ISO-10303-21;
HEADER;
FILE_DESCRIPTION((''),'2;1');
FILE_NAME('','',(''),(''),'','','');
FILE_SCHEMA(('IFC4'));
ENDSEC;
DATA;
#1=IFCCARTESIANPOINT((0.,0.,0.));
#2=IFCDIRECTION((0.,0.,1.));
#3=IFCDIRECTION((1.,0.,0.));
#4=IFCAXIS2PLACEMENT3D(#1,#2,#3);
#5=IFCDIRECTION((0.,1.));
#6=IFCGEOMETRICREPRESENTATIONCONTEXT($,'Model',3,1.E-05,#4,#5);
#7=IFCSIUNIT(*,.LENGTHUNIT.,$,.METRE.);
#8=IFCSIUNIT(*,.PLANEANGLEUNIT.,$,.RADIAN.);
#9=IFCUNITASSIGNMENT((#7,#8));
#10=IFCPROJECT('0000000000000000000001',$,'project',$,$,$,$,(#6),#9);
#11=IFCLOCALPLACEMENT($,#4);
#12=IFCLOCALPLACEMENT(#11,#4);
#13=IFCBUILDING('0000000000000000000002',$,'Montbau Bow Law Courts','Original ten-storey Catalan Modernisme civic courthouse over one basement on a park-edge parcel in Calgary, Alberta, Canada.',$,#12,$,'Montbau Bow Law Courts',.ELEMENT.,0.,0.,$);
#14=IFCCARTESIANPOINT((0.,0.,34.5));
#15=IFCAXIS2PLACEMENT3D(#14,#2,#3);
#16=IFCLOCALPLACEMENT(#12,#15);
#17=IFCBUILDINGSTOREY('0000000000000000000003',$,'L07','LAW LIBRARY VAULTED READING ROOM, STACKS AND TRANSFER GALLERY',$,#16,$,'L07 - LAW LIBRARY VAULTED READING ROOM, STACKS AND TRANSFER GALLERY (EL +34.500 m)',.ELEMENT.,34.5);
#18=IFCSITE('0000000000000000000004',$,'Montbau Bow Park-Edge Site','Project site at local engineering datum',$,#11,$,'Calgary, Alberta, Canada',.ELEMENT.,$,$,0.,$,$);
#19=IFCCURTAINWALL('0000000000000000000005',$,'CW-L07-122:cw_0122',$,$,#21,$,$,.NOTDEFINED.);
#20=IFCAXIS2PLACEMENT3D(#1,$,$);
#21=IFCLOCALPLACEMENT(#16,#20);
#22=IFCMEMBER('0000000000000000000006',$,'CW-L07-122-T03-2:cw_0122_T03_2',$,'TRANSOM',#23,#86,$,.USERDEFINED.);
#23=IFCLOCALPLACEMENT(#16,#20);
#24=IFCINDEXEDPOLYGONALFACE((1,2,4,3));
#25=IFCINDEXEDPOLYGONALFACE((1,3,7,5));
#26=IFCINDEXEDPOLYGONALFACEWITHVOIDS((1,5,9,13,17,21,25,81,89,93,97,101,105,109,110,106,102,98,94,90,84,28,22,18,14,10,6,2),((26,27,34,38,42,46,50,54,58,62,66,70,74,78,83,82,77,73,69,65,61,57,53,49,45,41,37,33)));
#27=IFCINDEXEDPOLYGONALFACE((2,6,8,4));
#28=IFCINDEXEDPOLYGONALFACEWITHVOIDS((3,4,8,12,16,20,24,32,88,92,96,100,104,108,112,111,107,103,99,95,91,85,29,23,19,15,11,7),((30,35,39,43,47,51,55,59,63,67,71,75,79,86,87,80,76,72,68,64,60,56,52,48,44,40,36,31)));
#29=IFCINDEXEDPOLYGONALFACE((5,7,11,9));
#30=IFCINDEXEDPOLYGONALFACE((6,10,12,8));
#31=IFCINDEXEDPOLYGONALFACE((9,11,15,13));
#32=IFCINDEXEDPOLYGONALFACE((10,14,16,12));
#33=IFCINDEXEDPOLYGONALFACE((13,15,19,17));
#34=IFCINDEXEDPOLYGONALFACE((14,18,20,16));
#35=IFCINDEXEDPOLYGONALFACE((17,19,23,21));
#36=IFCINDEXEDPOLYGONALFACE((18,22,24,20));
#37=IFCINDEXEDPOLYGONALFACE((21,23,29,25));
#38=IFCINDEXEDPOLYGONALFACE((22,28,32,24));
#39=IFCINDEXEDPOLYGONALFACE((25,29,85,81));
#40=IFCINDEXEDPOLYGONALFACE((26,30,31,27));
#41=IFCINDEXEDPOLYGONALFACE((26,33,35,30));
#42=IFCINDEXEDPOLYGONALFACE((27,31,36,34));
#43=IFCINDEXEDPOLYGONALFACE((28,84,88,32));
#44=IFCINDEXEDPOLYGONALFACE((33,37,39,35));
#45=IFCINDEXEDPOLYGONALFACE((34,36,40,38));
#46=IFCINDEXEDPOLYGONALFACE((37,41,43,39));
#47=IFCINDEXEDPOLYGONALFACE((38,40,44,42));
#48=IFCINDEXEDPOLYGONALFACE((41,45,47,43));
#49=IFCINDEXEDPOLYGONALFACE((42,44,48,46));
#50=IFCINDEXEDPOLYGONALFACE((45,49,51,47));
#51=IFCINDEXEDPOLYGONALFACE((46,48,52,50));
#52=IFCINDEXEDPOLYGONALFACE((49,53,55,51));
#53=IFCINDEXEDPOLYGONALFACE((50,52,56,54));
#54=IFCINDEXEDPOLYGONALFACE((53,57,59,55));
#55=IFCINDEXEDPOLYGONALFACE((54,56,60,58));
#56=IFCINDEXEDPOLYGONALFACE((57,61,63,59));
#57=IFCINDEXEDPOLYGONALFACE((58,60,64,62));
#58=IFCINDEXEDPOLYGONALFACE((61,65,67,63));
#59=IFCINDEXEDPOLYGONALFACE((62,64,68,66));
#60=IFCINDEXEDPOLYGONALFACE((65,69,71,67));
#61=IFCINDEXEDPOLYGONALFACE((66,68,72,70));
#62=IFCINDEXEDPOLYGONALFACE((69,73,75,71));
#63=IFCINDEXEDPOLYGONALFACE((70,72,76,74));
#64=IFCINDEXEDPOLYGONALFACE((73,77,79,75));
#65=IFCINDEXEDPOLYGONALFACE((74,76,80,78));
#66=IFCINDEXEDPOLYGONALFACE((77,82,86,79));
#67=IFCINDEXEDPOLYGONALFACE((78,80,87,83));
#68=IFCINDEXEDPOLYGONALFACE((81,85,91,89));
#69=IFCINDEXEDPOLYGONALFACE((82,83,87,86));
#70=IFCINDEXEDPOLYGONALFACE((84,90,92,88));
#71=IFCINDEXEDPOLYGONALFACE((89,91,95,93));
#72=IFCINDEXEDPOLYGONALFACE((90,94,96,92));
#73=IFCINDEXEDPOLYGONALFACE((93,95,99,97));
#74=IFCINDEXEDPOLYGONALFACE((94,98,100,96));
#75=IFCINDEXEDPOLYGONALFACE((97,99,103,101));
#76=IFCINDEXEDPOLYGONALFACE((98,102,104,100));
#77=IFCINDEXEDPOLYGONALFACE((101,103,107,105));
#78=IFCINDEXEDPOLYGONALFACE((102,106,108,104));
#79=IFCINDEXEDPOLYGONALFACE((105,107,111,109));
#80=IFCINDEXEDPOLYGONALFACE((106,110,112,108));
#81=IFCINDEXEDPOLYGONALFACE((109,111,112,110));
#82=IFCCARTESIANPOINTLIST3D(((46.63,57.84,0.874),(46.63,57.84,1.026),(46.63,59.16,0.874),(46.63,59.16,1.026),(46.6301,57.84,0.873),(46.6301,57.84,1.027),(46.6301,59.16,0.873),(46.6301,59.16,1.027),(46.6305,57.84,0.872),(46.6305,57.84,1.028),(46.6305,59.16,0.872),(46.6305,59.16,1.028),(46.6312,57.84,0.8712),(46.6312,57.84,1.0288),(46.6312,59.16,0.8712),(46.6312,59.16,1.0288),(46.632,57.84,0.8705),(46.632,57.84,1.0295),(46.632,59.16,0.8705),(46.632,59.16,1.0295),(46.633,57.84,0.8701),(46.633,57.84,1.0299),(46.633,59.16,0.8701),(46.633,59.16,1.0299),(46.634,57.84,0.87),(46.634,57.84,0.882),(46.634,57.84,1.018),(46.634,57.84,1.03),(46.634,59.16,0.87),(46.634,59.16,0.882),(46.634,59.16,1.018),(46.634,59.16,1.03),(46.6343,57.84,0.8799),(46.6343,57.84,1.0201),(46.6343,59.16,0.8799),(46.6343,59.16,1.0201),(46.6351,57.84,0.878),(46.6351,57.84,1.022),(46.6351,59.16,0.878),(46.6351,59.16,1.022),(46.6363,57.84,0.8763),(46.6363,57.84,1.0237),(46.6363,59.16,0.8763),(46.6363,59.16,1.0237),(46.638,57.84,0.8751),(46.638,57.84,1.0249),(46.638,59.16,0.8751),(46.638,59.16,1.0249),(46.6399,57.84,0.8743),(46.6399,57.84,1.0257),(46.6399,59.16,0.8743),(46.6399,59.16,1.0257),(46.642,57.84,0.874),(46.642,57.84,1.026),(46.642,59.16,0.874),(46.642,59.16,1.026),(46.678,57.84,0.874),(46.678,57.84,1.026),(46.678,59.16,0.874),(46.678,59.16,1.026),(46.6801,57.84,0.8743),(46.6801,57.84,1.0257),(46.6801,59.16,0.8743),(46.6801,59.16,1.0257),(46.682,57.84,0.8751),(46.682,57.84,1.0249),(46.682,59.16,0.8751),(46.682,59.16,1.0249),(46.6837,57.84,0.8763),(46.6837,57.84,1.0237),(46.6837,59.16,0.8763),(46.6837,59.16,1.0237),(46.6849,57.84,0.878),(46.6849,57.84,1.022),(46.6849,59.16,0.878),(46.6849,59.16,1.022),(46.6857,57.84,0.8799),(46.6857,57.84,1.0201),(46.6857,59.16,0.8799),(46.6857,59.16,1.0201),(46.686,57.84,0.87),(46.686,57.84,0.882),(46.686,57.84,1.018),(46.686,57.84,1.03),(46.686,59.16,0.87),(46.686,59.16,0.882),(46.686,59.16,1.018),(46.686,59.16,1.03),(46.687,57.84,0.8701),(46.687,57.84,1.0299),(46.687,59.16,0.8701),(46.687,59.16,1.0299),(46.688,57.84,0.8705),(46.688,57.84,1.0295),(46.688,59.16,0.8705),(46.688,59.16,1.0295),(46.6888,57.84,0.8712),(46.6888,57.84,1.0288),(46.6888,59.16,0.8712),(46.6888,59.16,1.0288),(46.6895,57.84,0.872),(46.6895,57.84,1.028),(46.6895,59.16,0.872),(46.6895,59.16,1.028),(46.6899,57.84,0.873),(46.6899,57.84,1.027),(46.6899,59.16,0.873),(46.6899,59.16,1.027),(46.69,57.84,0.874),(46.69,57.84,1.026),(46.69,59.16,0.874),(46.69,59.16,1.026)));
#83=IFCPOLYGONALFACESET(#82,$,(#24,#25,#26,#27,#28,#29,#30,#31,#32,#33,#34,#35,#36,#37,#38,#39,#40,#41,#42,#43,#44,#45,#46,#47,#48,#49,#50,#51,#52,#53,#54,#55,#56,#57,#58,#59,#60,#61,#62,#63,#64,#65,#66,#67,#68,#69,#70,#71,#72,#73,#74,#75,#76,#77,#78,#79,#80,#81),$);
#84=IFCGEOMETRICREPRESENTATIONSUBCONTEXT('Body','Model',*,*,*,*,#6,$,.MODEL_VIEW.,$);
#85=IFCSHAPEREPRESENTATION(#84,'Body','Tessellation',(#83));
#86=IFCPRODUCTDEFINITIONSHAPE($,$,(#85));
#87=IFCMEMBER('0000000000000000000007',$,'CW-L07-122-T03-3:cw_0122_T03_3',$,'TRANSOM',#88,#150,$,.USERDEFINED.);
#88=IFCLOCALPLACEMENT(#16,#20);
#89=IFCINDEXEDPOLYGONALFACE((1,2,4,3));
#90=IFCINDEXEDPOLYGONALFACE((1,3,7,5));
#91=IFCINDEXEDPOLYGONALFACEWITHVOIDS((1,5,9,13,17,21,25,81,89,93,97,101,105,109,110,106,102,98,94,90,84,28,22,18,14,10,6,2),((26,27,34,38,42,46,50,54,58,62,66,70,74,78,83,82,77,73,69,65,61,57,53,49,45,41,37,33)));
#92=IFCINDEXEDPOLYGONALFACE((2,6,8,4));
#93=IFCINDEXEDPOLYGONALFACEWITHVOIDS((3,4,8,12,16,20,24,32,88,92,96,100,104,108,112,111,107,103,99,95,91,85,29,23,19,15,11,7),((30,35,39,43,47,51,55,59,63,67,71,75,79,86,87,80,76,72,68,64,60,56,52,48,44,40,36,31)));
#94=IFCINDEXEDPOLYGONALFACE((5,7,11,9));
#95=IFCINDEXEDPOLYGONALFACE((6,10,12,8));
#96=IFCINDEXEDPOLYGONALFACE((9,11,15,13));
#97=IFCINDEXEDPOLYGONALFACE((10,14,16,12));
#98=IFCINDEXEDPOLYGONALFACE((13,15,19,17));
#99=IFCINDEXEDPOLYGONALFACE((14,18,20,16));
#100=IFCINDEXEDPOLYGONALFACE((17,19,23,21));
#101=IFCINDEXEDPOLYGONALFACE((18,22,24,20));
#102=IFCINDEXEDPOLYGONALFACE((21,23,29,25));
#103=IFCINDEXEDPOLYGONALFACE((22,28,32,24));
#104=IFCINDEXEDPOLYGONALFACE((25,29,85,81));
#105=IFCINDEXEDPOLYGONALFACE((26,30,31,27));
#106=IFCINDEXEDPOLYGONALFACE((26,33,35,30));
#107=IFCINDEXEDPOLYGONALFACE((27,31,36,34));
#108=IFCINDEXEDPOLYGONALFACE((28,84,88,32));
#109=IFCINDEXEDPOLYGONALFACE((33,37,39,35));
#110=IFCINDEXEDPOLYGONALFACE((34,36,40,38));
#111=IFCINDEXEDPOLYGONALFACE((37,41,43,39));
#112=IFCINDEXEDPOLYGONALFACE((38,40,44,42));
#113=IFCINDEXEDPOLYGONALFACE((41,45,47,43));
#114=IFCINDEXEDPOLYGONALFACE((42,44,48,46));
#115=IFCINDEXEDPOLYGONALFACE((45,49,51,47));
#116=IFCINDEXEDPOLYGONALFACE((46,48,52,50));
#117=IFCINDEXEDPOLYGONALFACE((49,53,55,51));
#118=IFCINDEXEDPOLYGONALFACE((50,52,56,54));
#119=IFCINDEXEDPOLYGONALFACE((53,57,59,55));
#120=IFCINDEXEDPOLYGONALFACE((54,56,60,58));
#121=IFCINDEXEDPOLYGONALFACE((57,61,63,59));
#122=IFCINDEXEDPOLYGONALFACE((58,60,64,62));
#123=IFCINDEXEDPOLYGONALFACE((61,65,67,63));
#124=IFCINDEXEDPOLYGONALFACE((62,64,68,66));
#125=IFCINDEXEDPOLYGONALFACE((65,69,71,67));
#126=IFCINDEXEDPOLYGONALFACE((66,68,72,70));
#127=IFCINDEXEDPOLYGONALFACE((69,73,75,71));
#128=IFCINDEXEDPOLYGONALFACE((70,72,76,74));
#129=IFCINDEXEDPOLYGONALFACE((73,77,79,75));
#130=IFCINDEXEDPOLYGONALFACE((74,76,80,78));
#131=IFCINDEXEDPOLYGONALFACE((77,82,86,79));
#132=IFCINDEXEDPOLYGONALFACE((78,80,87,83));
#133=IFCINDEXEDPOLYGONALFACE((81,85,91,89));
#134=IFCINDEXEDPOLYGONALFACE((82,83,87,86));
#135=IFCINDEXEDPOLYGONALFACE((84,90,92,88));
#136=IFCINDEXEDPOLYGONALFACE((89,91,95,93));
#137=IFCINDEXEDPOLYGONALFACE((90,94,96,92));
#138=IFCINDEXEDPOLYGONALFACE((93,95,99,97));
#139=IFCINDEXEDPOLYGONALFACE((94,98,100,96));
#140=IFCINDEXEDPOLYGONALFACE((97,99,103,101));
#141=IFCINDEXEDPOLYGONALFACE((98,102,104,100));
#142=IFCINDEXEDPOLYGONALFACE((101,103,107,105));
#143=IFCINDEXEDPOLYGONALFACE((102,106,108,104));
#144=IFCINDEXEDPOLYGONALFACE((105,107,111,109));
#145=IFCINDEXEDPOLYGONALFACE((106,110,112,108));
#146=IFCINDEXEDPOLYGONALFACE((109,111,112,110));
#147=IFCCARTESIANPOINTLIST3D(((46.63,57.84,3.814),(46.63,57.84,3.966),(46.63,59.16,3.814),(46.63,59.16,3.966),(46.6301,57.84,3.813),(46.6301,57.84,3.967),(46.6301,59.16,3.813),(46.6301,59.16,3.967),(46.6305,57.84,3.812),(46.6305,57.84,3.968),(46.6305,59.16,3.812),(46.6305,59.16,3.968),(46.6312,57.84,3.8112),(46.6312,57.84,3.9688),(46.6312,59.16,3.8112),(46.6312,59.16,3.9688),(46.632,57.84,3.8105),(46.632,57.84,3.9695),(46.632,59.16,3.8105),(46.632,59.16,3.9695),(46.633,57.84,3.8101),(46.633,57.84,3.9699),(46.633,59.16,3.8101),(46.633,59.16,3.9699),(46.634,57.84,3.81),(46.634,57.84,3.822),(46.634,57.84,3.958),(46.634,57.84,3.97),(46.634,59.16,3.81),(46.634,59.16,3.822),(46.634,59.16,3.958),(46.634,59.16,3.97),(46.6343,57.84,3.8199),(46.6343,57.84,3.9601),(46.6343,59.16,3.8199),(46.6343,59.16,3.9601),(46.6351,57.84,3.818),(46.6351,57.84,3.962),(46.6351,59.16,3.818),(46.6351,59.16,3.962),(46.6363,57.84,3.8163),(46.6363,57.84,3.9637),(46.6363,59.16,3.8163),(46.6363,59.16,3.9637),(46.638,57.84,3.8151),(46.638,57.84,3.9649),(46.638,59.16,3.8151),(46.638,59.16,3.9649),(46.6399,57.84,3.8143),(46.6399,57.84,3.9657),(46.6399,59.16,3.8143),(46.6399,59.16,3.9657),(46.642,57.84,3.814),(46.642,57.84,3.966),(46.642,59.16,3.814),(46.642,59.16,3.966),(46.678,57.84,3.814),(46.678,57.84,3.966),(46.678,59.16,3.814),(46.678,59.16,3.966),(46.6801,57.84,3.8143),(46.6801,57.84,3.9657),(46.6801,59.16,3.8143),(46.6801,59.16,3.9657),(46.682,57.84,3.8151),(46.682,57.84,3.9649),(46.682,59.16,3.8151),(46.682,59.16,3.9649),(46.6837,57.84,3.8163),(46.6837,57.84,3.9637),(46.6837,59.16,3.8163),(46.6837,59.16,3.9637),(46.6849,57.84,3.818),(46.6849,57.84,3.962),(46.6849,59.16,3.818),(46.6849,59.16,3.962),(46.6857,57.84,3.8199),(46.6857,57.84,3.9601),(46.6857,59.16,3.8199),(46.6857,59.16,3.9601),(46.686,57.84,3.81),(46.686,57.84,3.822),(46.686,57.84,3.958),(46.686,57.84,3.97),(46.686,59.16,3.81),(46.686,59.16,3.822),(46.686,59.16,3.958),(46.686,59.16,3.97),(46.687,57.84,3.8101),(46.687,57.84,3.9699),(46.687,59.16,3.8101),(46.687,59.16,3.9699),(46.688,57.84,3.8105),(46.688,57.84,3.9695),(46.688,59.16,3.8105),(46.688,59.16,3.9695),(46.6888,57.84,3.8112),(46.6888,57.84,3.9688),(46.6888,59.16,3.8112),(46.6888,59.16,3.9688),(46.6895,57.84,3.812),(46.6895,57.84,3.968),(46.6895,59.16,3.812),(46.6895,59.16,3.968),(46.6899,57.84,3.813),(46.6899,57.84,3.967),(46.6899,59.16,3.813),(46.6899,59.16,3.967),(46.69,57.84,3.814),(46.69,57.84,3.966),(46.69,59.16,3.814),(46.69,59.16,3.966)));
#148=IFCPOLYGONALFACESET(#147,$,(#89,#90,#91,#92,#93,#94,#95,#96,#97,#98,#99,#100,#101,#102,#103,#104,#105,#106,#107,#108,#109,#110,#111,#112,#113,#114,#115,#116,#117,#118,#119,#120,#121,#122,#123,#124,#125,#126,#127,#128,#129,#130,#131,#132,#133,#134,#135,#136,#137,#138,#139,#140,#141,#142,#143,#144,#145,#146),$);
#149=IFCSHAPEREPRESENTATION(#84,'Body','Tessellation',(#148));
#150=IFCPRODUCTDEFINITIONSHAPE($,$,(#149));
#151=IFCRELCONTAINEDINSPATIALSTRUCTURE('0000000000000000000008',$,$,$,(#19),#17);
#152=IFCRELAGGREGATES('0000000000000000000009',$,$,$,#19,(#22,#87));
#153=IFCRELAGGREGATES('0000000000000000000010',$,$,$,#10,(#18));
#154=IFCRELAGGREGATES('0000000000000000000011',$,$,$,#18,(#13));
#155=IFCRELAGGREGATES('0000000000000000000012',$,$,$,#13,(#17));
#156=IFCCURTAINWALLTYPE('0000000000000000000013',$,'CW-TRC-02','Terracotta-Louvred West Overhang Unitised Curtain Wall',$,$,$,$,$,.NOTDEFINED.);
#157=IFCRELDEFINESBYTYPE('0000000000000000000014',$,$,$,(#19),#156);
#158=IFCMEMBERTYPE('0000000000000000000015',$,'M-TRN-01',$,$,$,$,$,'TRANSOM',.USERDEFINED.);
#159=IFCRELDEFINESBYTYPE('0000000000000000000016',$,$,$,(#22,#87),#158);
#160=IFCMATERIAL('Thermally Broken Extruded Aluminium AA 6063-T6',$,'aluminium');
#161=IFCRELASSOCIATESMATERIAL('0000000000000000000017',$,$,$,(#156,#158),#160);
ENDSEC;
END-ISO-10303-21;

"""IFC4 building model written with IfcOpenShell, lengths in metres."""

from ifc_helpers import new_model, si_unit, direction, frame, origin_with_axes, origin_2d_with_axis, place, context, subcontext, project, spatial, hollow_rectangle, extrude, material, material_profile, profile_set, type_object, element, aggregate, save


model = new_model("IFC4")

# Units and contexts
model_context = context("Model", 3, precision=1e-05, world=origin_with_axes(), true_north=direction((0.0, 1.0)))
body_context = subcontext(model_context, "Body", "Model", "MODEL_VIEW")
ifc_project = project(units=[si_unit("LENGTHUNIT", "METRE"), si_unit("PLANEANGLEUNIT", "RADIAN")], contexts=[model_context])

# Site, building, storey
site_placement = place(None, origin_with_axes())
site = spatial("IfcSite", under=ifc_project, at=site_placement, Name="Montbau Bow Park-Edge Site", Description="Project site at local engineering datum", LongName="Calgary, Alberta, Canada", CompositionType="ELEMENT", RefElevation=0.0)
building_placement = place(site_placement, origin_with_axes())
building = spatial("IfcBuilding", under=site, at=building_placement, Name="Montbau Bow Law Courts", Description="Original ten-storey Catalan Modernisme civic courthouse over one basement on a park-edge parcel in Calgary, Alberta, Canada.", LongName="Montbau Bow Law Courts", CompositionType="ELEMENT", ElevationOfRefHeight=0.0, ElevationOfTerrain=0.0)
storey_placement = place(building_placement, frame((0.0, 0.0, 34.5), z_axis=(0.0, 0.0, 1.0), x_axis=(1.0, 0.0, 0.0)))
storey = spatial("IfcBuildingStorey", under=building, at=storey_placement, Name="L07", Description="LAW LIBRARY VAULTED READING ROOM, STACKS AND TRANSFER GALLERY", LongName="L07 - LAW LIBRARY VAULTED READING ROOM, STACKS AND TRANSFER GALLERY (EL +34.500 m)", CompositionType="ELEMENT", Elevation=34.5)

# Shared definitions
ifc_material_1 = material(Name="Thermally Broken Extruded Aluminium AA 6063-T6", Category="aluminium")
curtain_wall_type = type_object("IfcCurtainWallType", Name="CW-TRC-02", Description="Terracotta-Louvred West Overhang Unitised Curtain Wall", PredefinedType="NOTDEFINED", material=ifc_material_1)

# Curtain wall
curtain_wall_1_placement = place(None, frame((46.66, 55.04, 34.5), z_axis=(0.0, 0.0, 1.0), x_axis=(1.0, 0.0, 0.0)))
curtain_wall_1 = element("IfcCurtainWall", 1, at=curtain_wall_1_placement, inside=storey, type_object=curtain_wall_type, Name="CW-L07-122:cw_0122", PredefinedType="NOTDEFINED")

# Members
ifc_material_profile_1 = material_profile(ifc_material_1, hollow_rectangle(XDim=0.06, YDim=0.16, WallThickness=0.004, InnerFilletRadius=0.008, OuterFilletRadius=0.004, at=origin_2d_with_axis()), Name="CWT-160X60", Category="Main", Priority=0)
ifc_profile_set_1 = profile_set([ifc_material_profile_1], Name="Thermally Broken Extruded Aluminium AA 6063-T6")
member_type_1 = type_object("IfcMemberType", Name="M-TRN-01", ElementType="TRANSOM", PredefinedType="USERDEFINED", material=ifc_profile_set_1)
member_1_placement = place(None, frame((46.66, 57.84, 35.45), z_axis=(0.0, 1.0, 0.0), x_axis=(-1.0, 0.0, 0.0)))
member_1 = element("IfcMember", 2, at=member_1_placement, type_object=member_type_1, Name="CW-L07-122-T03-2:cw_0122_T03_2", ObjectType="TRANSOM", PredefinedType="USERDEFINED", context=body_context, shape_type="SweptSolid", body=[
    extrude(hollow_rectangle(XDim=0.06, YDim=0.16, WallThickness=0.004, InnerFilletRadius=0.008, OuterFilletRadius=0.004, at=origin_2d_with_axis()), origin_with_axes(), (0.0, 0.0, 1.0), 1.32),
])
member_2_placement = place(None, frame((46.66, 57.84, 38.39), z_axis=(0.0, 1.0, 0.0), x_axis=(-1.0, 0.0, 0.0)))
member_2 = element("IfcMember", 3, at=member_2_placement, type_object=member_type_1, Name="CW-L07-122-T03-3:cw_0122_T03_3", ObjectType="TRANSOM", PredefinedType="USERDEFINED", context=body_context, shape_type="SweptSolid", body=[
    extrude(hollow_rectangle(XDim=0.06, YDim=0.16, WallThickness=0.004, InnerFilletRadius=0.008, OuterFilletRadius=0.004, at=origin_2d_with_axis()), origin_with_axes(), (0.0, 0.0, 1.0), 1.32),
])

aggregate(curtain_wall_1, [member_1, member_2])

save(model, "model.ifc")
